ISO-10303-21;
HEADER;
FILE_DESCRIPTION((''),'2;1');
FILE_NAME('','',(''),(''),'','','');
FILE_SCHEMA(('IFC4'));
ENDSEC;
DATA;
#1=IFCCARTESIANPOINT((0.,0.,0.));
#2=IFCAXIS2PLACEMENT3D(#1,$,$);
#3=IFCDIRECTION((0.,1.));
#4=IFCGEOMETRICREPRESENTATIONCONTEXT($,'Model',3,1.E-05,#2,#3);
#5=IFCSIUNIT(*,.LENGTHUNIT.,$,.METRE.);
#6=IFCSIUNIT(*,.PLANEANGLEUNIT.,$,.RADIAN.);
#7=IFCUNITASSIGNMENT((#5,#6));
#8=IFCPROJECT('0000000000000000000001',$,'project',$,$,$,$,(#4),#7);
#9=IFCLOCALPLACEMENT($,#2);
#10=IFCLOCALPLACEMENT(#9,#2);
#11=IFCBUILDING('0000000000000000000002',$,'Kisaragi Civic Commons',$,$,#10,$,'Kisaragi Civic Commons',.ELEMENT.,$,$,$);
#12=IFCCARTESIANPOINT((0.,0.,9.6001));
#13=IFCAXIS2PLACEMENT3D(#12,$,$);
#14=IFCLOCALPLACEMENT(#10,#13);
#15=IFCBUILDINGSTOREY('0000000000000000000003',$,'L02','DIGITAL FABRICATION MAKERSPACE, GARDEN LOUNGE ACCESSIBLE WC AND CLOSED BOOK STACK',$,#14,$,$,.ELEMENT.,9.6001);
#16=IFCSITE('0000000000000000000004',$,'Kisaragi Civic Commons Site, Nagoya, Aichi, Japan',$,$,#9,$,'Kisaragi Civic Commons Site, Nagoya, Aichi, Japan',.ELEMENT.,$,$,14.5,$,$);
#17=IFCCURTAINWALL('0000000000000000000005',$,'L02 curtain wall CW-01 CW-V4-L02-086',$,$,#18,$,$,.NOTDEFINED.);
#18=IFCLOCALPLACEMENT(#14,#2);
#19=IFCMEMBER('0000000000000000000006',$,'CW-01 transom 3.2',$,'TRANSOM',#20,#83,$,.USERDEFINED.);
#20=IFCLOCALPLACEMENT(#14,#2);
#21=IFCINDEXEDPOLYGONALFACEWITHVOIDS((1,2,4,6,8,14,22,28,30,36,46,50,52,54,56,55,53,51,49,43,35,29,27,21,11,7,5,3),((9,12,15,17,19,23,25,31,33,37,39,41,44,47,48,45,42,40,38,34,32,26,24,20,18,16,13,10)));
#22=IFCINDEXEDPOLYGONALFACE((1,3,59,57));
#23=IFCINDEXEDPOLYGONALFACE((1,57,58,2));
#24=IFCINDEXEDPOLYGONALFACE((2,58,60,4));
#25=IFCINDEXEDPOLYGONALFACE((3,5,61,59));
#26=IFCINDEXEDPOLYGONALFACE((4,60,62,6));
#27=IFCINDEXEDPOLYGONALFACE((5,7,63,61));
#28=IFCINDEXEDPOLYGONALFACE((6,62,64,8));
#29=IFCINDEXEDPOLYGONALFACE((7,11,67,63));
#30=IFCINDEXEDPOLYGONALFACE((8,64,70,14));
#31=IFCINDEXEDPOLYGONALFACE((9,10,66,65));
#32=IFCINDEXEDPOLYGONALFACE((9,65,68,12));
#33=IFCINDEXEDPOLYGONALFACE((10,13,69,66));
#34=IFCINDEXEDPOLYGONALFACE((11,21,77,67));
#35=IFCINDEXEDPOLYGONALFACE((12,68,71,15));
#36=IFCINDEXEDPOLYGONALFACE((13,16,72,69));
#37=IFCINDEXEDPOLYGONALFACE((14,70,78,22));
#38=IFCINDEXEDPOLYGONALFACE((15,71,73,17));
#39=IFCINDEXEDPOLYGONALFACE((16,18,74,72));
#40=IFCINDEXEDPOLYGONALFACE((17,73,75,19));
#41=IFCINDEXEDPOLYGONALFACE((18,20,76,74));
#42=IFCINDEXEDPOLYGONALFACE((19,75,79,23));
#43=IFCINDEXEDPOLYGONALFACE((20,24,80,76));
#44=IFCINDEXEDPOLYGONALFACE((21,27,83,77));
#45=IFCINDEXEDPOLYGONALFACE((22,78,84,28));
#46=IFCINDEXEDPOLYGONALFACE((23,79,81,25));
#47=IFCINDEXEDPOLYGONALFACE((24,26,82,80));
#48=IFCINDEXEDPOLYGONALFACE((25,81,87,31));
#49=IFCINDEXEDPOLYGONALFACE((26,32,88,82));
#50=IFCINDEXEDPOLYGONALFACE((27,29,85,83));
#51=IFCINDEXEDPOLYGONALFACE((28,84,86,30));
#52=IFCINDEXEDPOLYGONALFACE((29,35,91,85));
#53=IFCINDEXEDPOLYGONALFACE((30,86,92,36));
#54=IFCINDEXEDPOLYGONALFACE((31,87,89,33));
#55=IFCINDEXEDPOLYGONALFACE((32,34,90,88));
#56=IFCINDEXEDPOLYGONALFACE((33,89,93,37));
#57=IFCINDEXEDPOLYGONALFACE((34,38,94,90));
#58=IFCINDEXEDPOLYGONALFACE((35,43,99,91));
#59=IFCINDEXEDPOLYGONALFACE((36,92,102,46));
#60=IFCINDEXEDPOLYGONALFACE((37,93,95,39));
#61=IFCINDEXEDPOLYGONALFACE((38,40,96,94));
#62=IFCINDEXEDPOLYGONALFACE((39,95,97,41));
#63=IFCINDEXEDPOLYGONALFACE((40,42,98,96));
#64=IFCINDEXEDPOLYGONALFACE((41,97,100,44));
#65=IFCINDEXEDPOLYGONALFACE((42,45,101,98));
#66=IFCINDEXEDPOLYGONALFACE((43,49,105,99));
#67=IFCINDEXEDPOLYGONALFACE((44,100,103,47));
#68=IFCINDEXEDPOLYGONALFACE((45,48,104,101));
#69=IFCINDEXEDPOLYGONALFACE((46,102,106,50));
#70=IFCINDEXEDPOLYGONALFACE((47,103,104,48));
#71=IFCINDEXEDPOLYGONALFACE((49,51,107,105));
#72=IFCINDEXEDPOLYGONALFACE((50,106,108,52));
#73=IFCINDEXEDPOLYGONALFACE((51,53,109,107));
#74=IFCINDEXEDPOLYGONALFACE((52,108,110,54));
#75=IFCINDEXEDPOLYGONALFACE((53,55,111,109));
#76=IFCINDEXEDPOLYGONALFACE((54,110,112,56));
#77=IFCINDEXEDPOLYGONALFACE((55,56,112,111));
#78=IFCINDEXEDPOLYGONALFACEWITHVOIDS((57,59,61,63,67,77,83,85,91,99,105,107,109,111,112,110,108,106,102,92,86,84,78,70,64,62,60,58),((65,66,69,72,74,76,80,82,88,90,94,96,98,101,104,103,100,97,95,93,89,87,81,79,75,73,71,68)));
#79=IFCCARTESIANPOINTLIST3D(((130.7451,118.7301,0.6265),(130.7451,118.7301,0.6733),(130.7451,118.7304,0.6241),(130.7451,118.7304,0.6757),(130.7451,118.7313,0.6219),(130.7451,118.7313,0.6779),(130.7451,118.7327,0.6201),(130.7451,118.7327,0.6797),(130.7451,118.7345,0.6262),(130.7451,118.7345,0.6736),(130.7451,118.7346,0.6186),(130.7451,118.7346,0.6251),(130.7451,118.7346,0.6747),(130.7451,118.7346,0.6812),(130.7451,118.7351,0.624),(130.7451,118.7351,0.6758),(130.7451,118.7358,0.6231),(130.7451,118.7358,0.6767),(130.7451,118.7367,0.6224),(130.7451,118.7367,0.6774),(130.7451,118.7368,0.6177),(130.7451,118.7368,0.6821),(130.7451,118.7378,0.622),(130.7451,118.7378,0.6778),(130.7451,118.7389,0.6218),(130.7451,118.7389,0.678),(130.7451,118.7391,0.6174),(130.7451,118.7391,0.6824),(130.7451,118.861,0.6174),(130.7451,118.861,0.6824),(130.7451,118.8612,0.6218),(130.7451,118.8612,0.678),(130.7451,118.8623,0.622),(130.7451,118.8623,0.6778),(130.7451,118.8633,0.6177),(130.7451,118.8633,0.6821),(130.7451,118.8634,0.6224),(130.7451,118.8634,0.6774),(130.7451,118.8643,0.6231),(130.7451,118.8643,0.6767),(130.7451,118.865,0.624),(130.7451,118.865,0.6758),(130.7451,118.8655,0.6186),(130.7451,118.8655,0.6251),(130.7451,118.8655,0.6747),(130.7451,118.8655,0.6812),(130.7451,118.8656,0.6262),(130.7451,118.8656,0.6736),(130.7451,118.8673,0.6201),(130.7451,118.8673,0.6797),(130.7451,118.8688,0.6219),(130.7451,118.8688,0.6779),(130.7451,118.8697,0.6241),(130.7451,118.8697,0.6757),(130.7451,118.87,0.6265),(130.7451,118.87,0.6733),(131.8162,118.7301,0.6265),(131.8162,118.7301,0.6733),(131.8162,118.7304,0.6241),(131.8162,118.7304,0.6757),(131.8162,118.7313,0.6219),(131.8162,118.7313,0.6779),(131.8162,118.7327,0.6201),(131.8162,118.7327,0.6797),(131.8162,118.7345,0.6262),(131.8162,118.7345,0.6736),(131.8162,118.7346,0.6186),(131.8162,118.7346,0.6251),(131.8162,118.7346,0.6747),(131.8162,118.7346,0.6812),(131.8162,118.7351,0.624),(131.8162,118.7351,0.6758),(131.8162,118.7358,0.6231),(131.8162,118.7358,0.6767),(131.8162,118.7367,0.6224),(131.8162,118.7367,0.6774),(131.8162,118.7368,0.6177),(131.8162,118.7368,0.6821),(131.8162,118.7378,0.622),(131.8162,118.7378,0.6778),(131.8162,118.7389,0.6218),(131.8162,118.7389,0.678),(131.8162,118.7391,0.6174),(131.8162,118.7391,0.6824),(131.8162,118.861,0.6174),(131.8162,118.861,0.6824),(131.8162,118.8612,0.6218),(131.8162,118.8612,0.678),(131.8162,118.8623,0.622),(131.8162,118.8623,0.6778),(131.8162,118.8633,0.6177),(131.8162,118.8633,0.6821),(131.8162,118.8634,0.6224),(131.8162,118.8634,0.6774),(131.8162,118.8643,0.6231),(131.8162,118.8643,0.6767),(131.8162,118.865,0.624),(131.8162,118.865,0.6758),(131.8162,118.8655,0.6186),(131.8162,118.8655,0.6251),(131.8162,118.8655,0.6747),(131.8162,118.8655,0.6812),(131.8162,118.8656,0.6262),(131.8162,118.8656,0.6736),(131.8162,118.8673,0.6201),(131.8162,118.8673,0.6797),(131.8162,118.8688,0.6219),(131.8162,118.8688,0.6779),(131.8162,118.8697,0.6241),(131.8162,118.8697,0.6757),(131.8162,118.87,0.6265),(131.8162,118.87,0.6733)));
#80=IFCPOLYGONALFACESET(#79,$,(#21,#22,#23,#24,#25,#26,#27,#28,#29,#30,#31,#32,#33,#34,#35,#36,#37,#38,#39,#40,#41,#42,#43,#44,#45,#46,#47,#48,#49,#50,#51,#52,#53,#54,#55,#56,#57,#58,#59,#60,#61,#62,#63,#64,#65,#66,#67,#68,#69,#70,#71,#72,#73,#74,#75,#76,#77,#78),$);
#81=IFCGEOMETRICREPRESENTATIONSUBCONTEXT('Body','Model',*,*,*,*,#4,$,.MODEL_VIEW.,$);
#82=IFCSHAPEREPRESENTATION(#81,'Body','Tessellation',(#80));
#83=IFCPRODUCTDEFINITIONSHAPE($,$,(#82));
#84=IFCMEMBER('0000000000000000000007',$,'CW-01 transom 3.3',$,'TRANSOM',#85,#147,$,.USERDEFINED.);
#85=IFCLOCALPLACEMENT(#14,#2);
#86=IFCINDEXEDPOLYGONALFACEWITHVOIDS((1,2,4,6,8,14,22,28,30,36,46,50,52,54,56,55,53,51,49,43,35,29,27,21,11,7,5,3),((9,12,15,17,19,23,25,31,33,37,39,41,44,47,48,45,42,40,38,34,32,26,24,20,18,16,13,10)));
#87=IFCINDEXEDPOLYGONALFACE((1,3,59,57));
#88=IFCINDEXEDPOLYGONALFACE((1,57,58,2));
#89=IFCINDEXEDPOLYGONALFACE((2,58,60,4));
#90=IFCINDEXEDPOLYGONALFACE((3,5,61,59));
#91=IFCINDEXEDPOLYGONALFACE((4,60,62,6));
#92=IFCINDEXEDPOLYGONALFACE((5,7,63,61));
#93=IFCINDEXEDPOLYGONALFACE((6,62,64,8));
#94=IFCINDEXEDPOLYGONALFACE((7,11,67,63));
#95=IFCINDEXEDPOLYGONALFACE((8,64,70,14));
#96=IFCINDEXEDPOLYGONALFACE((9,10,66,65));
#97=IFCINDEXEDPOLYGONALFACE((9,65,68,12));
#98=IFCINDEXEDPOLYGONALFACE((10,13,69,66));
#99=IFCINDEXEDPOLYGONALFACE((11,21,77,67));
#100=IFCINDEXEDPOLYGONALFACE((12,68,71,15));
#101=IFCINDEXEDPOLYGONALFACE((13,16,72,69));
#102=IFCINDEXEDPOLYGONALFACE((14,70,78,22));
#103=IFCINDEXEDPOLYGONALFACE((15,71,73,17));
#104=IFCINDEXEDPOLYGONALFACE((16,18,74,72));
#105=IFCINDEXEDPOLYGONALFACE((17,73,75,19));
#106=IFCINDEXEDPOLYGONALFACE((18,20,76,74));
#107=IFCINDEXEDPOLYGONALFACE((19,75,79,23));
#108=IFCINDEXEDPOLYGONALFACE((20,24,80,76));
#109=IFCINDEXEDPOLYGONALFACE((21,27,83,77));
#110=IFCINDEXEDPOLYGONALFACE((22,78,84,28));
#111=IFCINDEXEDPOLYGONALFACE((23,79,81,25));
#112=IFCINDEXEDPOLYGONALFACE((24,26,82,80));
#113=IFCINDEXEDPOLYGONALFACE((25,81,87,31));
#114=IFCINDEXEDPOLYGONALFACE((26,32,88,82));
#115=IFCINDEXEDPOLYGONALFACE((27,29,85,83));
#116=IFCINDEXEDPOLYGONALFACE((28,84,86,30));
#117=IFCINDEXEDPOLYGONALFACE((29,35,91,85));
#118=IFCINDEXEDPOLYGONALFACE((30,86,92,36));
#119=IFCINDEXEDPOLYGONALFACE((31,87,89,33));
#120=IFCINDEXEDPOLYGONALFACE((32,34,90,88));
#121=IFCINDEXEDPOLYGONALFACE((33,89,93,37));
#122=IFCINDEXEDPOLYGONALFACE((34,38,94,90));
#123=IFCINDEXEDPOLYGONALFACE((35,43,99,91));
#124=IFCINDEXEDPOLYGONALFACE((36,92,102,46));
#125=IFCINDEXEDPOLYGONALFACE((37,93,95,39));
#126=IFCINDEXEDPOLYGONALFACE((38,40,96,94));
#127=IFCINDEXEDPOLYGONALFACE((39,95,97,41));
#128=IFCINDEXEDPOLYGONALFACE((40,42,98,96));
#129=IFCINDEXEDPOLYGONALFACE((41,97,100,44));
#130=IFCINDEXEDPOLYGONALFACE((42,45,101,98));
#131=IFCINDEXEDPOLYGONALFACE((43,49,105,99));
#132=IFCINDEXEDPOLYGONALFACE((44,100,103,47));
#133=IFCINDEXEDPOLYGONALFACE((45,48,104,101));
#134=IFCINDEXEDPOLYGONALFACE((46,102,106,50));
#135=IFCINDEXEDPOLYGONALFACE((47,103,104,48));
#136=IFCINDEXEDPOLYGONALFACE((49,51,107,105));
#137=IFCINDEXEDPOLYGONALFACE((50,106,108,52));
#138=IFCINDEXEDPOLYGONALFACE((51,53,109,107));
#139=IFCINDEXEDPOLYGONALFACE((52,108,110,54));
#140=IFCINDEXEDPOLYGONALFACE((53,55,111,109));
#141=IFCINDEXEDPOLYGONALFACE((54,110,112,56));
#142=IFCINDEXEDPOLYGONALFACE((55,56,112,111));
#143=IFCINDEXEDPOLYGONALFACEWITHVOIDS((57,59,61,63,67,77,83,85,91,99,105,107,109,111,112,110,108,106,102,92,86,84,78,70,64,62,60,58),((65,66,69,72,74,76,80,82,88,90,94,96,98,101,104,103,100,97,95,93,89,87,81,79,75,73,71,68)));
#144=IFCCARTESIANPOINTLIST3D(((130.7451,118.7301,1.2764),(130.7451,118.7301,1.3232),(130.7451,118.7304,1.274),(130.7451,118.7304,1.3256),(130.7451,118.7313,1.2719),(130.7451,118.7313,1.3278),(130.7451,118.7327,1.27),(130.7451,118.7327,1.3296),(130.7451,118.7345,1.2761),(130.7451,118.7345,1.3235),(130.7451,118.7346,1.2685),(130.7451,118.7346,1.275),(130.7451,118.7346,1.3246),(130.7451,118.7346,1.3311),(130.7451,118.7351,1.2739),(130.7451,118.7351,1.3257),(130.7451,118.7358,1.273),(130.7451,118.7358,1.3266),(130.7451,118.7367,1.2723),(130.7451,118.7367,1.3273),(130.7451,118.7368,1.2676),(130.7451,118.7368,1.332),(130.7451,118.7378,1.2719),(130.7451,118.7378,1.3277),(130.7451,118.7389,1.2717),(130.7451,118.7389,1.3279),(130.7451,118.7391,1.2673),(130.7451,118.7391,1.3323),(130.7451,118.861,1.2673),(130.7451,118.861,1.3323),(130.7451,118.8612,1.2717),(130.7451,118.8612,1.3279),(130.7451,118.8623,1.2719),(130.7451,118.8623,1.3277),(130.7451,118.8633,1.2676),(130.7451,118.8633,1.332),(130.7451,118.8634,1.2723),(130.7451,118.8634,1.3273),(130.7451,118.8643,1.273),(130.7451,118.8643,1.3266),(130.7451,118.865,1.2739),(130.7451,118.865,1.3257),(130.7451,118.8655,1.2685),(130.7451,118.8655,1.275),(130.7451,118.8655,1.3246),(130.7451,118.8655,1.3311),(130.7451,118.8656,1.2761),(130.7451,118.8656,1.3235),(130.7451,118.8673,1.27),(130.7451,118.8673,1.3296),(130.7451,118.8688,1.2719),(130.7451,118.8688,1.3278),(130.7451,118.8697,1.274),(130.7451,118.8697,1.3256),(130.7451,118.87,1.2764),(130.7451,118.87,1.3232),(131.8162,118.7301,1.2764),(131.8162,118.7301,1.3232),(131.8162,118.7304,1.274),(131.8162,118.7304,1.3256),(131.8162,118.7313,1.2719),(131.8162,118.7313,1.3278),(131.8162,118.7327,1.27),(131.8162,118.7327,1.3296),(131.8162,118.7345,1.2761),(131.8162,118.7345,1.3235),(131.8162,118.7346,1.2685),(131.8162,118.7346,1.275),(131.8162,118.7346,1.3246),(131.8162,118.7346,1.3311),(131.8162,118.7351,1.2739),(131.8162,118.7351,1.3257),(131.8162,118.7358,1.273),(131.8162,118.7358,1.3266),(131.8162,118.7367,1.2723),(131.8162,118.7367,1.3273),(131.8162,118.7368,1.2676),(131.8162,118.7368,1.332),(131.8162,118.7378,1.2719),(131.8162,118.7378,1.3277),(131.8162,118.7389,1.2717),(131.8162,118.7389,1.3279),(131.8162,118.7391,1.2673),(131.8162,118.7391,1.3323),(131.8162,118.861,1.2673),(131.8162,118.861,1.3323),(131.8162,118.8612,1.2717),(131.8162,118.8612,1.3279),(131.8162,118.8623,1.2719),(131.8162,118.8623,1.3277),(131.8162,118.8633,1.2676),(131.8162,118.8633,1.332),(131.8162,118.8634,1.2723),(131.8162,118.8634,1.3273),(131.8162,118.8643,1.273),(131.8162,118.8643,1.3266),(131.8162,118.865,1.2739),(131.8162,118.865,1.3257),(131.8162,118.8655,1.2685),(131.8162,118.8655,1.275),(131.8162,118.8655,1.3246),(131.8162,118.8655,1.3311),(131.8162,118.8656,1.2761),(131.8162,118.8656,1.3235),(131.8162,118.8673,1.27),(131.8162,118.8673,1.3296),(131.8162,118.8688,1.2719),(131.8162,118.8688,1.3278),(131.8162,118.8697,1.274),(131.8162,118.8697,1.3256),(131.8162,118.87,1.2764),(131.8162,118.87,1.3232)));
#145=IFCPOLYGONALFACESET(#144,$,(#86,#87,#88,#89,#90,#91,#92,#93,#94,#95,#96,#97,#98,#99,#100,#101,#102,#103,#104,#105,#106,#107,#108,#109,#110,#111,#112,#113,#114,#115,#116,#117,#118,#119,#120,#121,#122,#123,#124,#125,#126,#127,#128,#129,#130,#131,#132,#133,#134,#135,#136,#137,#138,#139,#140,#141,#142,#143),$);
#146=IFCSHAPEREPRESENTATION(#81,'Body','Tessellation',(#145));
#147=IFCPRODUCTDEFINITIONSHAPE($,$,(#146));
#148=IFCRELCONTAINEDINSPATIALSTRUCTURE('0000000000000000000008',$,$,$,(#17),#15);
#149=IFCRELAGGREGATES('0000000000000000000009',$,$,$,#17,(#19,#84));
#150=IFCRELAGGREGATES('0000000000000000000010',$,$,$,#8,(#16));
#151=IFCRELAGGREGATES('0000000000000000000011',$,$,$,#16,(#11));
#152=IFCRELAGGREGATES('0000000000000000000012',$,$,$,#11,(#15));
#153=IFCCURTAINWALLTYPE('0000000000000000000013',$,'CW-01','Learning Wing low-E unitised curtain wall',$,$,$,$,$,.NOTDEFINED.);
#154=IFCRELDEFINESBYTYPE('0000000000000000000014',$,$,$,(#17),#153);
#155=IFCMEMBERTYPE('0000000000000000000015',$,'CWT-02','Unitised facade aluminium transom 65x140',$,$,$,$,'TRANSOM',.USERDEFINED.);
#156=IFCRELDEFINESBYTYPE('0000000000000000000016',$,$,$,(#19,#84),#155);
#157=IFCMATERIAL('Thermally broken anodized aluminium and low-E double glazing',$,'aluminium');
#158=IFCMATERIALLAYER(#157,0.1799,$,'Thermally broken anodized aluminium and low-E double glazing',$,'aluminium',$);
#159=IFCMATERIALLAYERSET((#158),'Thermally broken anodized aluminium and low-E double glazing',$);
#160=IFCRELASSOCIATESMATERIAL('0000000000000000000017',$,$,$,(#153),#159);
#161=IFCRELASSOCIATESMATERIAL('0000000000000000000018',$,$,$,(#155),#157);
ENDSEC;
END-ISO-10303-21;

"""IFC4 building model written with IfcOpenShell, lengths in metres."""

from ifc_helpers import new_model, si_unit, direction, frame, origin, origin_2d, place, context, subcontext, project, spatial, hollow_rectangle, extrude, material, layer, layer_set, material_profile, profile_set, type_object, element, aggregate, save


model = new_model("IFC4")

# Units and contexts
model_context = context("Model", 3, precision=1e-05, world=origin(), true_north=direction((0.0, 1.0)))
body_context = subcontext(model_context, "Body", "Model", "MODEL_VIEW")
ifc_project = project(units=[si_unit("LENGTHUNIT", "METRE"), si_unit("PLANEANGLEUNIT", "RADIAN")], contexts=[model_context])

# Site, building, storey
site_placement = place(None, origin())
site = spatial("IfcSite", under=ifc_project, at=site_placement, Name="Kisaragi Civic Commons Site, Nagoya, Aichi, Japan", LongName="Kisaragi Civic Commons Site, Nagoya, Aichi, Japan", CompositionType="ELEMENT", RefElevation=14.5)
building_placement = place(site_placement, origin())
building = spatial("IfcBuilding", under=site, at=building_placement, Name="Kisaragi Civic Commons", LongName="Kisaragi Civic Commons", CompositionType="ELEMENT")
storey_placement = place(building_placement, frame((0.0, 0.0, 9.6001)))
storey = spatial("IfcBuildingStorey", under=building, at=storey_placement, Name="L02", Description="DIGITAL FABRICATION MAKERSPACE, GARDEN LOUNGE ACCESSIBLE WC AND CLOSED BOOK STACK", CompositionType="ELEMENT", Elevation=9.6001)

# Curtain wall
ifc_material_1 = material(Name="Thermally broken anodized aluminium and low-E double glazing", Category="aluminium")
ifc_layer_1 = layer(ifc_material_1, 0.1799, Name="Thermally broken anodized aluminium and low-E double glazing", Category="aluminium")
ifc_layer_set_1 = layer_set([ifc_layer_1], Name="Thermally broken anodized aluminium and low-E double glazing")
curtain_wall_type = type_object("IfcCurtainWallType", Name="CW-01", Description="Learning Wing low-E unitised curtain wall", PredefinedType="NOTDEFINED", material=ifc_layer_set_1)
curtain_wall_1_placement = place(storey_placement, origin())
curtain_wall_1 = element("IfcCurtainWall", 1, at=curtain_wall_1_placement, inside=storey, type_object=curtain_wall_type, Name="L02 curtain wall CW-01 CW-V4-L02-086", PredefinedType="NOTDEFINED")

# Members
ifc_material_profile_1 = material_profile(ifc_material_1, hollow_rectangle(XDim=0.1399, YDim=0.0649, WallThickness=0.0044, InnerFilletRadius=0.0044, OuterFilletRadius=0.009, at=origin_2d()), Name="CWT-65x140x4.5", Category="aluminium")
ifc_profile_set_1 = profile_set([ifc_material_profile_1], Name="Thermally broken anodized aluminium and low-E double glazing")
member_type_1 = type_object("IfcMemberType", Name="CWT-02", Description="Unitised facade aluminium transom 65x140", ElementType="TRANSOM", PredefinedType="USERDEFINED", material=ifc_profile_set_1)
member_1_placement = place(storey_placement, frame((130.7451, 118.8, 0.6499), z_axis=(1.0, 0.0, 0.0), x_axis=(0.0, 1.0, 0.0)))
member_1 = element("IfcMember", 2, at=member_1_placement, type_object=member_type_1, Name="CW-01 transom 3.2", ObjectType="TRANSOM", PredefinedType="USERDEFINED", context=body_context, shape_type="SweptSolid", body=[
    extrude(hollow_rectangle(XDim=0.1399, YDim=0.0649, WallThickness=0.0044, InnerFilletRadius=0.0044, OuterFilletRadius=0.009, at=origin_2d()), origin(), (0.0, 0.0, 1.0), 1.071),
])
member_2_placement = place(storey_placement, frame((130.7451, 118.8, 1.2998), z_axis=(1.0, 0.0, 0.0), x_axis=(0.0, 1.0, 0.0)))
member_2 = element("IfcMember", 3, at=member_2_placement, type_object=member_type_1, Name="CW-01 transom 3.3", ObjectType="TRANSOM", PredefinedType="USERDEFINED", context=body_context, shape_type="SweptSolid", body=[
    extrude(hollow_rectangle(XDim=0.1399, YDim=0.0649, WallThickness=0.0044, InnerFilletRadius=0.0044, OuterFilletRadius=0.009, at=origin_2d()), origin(), (0.0, 0.0, 1.0), 1.071),
])

aggregate(curtain_wall_1, [member_1, member_2])

save(model, "model.ifc")
